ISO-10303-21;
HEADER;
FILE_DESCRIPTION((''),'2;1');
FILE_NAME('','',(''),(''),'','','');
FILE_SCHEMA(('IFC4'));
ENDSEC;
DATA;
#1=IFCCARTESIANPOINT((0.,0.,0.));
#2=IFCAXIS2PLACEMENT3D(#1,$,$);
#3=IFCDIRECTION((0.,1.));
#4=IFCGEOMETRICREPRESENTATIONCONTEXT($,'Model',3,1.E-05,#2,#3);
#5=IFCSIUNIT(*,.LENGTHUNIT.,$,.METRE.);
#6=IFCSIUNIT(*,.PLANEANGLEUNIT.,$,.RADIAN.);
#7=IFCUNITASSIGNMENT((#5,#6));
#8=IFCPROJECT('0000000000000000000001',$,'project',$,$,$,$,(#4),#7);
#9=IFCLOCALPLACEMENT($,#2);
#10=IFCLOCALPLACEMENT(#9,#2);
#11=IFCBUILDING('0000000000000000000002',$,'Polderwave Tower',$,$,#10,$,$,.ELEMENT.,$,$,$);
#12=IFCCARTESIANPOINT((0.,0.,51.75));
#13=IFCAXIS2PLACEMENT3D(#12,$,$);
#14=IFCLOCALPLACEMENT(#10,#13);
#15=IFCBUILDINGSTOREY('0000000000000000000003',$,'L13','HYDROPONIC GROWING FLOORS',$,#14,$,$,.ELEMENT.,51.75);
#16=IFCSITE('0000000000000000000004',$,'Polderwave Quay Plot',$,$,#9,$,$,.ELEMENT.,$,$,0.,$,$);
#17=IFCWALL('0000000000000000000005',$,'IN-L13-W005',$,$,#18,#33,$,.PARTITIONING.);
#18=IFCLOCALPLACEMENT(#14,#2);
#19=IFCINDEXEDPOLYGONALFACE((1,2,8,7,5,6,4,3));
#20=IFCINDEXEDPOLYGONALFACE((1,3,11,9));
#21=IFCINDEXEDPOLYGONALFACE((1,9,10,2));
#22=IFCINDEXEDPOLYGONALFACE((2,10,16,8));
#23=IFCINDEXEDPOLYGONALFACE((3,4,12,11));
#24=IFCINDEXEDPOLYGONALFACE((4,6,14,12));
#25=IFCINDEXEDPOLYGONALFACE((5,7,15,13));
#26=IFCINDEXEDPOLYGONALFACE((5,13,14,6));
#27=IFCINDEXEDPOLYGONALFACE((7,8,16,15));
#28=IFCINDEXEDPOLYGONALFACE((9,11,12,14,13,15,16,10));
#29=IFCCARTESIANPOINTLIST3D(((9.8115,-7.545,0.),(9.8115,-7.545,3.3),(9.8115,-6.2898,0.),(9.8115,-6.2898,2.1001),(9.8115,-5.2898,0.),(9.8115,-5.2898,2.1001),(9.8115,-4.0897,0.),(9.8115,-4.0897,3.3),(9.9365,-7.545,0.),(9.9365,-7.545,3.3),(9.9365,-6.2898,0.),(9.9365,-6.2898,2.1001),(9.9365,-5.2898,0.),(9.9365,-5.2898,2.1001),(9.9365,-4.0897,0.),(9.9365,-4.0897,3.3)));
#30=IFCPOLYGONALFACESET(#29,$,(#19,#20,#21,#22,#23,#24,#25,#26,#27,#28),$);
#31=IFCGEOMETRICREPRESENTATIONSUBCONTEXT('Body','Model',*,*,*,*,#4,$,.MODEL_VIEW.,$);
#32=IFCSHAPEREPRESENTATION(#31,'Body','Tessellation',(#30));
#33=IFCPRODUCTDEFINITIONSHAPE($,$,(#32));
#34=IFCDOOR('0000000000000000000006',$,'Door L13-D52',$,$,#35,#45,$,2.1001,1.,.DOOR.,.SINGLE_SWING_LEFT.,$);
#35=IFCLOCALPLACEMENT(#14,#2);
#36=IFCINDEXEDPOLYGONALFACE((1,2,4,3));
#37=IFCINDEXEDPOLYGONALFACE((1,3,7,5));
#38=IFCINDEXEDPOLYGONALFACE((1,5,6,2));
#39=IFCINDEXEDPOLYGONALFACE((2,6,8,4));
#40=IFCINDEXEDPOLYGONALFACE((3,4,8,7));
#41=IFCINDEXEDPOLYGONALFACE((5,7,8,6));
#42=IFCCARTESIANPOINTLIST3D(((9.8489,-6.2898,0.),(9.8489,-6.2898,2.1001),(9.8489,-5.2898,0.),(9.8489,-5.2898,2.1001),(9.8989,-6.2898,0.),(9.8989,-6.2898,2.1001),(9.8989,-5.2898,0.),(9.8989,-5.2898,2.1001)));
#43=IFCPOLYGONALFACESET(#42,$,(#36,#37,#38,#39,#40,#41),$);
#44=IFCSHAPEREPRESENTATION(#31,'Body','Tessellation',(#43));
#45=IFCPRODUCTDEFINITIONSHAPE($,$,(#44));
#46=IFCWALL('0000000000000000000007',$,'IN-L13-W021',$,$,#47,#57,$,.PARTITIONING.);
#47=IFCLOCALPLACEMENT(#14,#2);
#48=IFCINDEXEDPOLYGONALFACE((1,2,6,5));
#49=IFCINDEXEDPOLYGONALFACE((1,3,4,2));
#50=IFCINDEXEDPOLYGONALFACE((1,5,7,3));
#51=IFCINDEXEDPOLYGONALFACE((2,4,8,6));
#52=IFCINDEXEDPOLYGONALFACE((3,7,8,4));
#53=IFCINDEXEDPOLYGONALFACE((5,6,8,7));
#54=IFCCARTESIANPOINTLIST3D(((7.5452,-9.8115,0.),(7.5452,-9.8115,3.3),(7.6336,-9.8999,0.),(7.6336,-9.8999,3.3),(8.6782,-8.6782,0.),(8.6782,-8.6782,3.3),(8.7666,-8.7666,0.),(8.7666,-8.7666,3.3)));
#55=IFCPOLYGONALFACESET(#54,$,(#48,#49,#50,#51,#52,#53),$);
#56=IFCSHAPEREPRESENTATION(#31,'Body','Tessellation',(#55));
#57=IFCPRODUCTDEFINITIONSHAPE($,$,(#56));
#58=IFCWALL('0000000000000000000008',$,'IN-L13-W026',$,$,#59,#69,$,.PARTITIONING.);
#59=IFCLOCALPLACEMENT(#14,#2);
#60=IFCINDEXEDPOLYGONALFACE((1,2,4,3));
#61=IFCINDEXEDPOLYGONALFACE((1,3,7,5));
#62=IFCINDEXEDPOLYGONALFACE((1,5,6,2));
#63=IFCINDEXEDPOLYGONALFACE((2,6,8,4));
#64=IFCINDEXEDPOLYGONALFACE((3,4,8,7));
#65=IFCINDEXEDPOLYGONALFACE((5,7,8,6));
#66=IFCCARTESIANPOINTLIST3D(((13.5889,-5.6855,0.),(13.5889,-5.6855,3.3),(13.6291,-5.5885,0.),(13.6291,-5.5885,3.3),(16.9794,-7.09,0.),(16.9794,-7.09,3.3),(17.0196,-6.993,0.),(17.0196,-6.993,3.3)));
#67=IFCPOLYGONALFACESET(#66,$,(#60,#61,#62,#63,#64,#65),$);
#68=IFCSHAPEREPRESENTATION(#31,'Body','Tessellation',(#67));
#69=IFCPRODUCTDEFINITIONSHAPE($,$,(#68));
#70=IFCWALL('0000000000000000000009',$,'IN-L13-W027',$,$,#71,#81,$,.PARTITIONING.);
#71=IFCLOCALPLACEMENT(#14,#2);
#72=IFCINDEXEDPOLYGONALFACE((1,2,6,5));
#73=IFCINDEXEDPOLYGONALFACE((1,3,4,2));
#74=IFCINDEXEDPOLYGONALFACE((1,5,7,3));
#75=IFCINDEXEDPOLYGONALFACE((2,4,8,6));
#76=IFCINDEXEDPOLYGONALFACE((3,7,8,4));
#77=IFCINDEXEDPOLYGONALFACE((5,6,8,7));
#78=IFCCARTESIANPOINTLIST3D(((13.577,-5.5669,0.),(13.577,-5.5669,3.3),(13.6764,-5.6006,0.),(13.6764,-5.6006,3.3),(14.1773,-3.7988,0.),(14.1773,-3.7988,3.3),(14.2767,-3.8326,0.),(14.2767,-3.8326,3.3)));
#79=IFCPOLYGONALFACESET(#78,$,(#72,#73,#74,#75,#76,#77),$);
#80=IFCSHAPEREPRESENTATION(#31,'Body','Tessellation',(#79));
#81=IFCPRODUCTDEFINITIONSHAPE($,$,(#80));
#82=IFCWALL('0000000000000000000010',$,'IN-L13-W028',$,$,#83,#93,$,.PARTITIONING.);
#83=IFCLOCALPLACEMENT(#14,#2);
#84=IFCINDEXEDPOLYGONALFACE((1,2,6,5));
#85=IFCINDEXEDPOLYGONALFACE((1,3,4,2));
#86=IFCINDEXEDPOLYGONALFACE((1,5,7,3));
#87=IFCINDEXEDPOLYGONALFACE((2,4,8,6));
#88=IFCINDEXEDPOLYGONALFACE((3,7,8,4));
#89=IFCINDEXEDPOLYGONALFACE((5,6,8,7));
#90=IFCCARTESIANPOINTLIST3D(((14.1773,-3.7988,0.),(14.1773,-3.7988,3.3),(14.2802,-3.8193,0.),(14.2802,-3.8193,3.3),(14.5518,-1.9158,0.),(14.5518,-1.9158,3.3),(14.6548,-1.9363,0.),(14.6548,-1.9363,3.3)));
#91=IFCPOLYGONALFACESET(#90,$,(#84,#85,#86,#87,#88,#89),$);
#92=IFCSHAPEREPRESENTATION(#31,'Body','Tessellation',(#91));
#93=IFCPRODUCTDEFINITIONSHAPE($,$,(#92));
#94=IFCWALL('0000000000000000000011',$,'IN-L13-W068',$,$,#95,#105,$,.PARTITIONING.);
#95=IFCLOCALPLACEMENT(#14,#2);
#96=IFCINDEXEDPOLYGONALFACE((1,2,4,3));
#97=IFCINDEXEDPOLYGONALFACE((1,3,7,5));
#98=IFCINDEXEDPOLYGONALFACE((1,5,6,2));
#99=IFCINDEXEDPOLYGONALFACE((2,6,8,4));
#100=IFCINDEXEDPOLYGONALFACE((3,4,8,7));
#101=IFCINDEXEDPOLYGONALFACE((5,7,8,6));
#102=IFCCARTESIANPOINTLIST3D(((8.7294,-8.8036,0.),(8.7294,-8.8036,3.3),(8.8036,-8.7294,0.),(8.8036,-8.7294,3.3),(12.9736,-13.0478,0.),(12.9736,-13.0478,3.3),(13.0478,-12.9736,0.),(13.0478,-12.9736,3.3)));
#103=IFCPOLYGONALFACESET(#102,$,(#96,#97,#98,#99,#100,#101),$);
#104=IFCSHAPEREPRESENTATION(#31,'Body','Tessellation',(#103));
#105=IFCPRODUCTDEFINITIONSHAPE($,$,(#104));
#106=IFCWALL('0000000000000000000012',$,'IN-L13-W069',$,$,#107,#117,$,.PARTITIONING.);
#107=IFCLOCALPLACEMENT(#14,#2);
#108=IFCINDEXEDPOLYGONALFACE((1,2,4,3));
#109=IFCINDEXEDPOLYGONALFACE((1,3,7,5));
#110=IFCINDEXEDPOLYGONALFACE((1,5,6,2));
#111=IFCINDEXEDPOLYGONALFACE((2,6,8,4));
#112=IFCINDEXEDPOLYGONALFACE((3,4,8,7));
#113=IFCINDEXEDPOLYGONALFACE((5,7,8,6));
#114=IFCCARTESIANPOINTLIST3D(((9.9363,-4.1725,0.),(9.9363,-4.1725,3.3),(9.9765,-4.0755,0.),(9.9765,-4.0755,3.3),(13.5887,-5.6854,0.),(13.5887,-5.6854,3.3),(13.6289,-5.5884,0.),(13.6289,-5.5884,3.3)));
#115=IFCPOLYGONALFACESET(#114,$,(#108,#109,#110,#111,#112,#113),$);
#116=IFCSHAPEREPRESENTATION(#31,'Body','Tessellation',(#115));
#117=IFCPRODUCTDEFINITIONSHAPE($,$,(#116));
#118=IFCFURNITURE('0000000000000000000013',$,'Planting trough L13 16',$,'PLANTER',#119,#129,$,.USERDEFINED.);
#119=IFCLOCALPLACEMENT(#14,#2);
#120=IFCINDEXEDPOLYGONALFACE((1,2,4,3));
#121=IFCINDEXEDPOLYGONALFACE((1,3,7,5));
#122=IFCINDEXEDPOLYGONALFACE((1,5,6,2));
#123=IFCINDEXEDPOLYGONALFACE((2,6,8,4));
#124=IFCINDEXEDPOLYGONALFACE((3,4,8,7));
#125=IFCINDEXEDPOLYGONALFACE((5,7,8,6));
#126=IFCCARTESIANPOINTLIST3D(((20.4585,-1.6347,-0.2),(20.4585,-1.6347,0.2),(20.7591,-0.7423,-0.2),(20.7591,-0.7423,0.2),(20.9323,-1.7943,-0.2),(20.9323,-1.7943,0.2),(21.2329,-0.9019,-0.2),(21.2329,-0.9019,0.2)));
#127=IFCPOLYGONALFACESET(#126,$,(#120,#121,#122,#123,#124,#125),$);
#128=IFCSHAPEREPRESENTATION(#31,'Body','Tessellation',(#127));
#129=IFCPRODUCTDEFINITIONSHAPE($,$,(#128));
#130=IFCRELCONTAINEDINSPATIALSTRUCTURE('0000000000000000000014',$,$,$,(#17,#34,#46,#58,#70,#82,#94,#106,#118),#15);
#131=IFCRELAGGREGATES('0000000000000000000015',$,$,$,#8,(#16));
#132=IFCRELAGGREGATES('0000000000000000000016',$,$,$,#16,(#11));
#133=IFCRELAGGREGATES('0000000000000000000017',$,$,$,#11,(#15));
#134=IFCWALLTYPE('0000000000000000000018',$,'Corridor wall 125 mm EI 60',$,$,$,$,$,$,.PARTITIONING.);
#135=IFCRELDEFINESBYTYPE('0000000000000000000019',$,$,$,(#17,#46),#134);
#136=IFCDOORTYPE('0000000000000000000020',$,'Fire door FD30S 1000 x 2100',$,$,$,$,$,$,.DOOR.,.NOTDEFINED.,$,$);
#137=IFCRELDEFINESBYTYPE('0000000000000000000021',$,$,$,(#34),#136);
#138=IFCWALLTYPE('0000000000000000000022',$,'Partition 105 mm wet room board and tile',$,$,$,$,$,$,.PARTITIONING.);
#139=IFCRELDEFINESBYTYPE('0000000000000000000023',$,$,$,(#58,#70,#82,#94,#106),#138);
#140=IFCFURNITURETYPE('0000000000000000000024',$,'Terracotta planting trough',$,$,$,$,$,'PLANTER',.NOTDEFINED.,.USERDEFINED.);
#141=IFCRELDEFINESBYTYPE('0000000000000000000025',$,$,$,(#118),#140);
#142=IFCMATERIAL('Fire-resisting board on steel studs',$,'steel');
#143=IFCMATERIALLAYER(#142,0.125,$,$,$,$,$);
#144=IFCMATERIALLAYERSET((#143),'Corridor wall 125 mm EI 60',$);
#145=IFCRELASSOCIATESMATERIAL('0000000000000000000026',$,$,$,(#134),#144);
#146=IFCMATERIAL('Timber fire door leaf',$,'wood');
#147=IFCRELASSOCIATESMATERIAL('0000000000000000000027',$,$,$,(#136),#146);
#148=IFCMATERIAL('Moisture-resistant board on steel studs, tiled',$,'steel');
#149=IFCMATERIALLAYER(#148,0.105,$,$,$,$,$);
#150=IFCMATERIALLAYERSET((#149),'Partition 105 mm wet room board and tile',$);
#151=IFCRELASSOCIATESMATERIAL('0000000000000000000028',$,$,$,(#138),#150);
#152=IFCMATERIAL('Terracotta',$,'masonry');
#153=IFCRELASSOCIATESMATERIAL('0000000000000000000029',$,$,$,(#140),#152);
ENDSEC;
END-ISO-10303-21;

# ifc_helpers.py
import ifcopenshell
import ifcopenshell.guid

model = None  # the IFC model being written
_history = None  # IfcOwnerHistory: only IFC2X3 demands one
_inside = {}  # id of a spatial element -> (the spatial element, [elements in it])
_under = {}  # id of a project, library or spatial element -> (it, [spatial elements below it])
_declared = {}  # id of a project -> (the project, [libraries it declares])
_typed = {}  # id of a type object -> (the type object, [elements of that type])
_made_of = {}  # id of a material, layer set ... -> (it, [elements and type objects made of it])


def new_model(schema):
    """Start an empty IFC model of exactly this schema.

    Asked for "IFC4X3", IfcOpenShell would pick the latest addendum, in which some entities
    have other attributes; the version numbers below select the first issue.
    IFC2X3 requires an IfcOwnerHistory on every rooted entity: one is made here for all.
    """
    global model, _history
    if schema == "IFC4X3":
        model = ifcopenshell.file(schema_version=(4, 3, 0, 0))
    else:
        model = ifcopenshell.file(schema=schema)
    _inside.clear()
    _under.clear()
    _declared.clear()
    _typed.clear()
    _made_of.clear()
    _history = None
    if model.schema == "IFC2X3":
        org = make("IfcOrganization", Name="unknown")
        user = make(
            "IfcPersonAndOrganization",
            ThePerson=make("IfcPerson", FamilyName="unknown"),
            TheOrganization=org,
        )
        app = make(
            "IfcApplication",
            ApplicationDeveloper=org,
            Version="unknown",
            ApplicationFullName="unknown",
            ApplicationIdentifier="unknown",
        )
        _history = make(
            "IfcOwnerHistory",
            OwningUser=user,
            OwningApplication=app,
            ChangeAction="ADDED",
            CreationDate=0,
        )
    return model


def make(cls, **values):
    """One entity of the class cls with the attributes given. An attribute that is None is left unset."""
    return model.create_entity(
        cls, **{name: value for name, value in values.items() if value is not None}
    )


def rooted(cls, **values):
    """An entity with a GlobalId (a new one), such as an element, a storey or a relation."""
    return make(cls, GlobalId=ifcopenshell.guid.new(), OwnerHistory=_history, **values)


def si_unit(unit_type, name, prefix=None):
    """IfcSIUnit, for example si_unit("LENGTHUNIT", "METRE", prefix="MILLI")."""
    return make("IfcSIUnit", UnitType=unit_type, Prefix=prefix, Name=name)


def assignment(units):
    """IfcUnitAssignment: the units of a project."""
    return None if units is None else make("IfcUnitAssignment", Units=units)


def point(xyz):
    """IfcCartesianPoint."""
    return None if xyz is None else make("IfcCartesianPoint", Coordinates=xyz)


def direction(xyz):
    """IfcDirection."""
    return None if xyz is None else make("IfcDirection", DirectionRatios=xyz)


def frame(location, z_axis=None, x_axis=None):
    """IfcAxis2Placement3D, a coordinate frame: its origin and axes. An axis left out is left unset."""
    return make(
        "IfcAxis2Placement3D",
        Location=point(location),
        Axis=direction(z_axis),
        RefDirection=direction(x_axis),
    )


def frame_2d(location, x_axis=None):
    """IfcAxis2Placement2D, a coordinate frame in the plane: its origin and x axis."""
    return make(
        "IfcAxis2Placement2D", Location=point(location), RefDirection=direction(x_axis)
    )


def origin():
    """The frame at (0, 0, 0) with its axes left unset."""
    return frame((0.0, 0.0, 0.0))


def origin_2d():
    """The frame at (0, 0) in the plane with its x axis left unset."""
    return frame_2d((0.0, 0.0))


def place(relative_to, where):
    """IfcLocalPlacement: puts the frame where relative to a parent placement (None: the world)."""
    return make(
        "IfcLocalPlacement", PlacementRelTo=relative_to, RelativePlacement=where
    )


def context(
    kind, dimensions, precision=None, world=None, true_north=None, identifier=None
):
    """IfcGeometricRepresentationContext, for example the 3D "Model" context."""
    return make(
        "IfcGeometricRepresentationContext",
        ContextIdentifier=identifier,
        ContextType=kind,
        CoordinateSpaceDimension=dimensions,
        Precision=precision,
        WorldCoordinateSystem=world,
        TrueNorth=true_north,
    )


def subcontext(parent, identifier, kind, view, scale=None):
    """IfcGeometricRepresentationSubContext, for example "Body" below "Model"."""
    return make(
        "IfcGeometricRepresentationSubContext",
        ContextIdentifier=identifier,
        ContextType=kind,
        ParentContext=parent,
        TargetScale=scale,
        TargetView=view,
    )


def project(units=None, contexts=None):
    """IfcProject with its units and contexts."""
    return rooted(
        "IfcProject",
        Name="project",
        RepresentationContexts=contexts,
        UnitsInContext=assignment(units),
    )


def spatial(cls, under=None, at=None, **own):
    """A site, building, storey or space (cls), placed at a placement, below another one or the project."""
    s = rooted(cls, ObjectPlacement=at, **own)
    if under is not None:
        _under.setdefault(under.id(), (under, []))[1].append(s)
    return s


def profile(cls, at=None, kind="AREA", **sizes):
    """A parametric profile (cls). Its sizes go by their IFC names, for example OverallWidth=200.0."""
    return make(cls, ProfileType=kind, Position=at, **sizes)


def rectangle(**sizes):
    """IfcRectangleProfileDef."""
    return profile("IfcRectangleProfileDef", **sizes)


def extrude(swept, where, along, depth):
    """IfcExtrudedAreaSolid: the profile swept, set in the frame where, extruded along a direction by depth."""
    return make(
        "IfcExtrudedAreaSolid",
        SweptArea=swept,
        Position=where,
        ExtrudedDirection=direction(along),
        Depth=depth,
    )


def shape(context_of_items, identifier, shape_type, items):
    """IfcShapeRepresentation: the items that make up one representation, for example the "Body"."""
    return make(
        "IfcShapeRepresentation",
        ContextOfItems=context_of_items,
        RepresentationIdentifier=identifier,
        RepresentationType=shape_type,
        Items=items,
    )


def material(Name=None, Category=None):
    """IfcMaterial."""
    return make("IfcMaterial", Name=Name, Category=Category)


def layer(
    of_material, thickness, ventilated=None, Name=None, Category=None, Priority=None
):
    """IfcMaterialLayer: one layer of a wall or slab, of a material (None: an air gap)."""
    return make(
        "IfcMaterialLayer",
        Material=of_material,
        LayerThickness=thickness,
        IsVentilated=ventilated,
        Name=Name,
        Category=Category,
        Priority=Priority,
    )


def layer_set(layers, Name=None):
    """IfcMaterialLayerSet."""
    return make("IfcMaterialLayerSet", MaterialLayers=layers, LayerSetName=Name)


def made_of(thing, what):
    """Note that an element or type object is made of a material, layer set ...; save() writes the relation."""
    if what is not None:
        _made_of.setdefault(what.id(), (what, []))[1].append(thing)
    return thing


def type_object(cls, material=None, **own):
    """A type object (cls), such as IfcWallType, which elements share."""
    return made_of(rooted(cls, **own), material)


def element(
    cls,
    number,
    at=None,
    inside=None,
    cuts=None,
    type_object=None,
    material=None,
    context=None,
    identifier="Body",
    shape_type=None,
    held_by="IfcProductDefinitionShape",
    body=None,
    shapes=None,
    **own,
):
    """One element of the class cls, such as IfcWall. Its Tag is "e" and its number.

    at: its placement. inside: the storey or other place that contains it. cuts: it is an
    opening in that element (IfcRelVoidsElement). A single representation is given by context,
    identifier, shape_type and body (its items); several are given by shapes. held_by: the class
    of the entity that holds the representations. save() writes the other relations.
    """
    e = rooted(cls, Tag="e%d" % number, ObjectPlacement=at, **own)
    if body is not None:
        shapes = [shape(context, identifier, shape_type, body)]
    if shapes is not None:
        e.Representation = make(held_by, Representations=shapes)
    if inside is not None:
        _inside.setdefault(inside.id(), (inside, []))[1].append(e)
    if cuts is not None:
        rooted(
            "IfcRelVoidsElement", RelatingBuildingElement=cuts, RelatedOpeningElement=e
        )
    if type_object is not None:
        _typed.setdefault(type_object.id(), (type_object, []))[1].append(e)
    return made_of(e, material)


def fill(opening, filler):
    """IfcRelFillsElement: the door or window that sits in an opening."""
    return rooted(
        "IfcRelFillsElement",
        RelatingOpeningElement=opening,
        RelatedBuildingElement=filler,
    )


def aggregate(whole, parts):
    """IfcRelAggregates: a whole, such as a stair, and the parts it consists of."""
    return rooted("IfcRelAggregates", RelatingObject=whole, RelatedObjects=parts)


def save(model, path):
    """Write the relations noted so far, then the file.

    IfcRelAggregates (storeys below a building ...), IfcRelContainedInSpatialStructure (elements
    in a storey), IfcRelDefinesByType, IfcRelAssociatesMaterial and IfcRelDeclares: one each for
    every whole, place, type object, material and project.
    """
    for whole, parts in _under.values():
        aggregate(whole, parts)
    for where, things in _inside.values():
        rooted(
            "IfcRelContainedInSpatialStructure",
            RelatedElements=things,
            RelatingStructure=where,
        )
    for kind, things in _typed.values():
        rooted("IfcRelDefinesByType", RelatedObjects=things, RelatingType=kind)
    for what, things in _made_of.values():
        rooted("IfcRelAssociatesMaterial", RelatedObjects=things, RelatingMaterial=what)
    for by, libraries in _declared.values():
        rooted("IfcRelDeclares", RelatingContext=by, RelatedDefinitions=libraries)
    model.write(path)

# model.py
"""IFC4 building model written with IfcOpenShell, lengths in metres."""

from ifc_helpers import new_model, si_unit, direction, frame, frame_2d, origin, origin_2d, place, context, subcontext, project, spatial, rectangle, extrude, material, layer, layer_set, type_object, element, fill, save


model = new_model("IFC4")

# Units and contexts
model_context = context("Model", 3, precision=1e-05, world=origin(), true_north=direction((0.0, 1.0)))
body_context = subcontext(model_context, "Body", "Model", "MODEL_VIEW")
ifc_project = project(units=[si_unit("LENGTHUNIT", "METRE"), si_unit("PLANEANGLEUNIT", "RADIAN")], contexts=[model_context])

# Site, building, storey
site_placement = place(None, origin())
site = spatial("IfcSite", under=ifc_project, at=site_placement, Name="Polderwave Quay Plot", CompositionType="ELEMENT", RefElevation=0.0)
building_placement = place(site_placement, origin())
building = spatial("IfcBuilding", under=site, at=building_placement, Name="Polderwave Tower", CompositionType="ELEMENT")
storey_placement = place(building_placement, frame((0.0, 0.0, 51.75)))
storey = spatial("IfcBuildingStorey", under=building, at=storey_placement, Name="L13", Description="HYDROPONIC GROWING FLOORS", CompositionType="ELEMENT", Elevation=51.75)

# Shared definitions
ifc_material_1 = material(Name="Fire-resisting board on steel studs", Category="steel")
ifc_layer_1 = layer(ifc_material_1, 0.125)
ifc_layer_set_1 = layer_set([ifc_layer_1], Name="Corridor wall 125 mm EI 60")
wall_type_1 = type_object("IfcWallType", Name="Corridor wall 125 mm EI 60", PredefinedType="PARTITIONING", material=ifc_layer_set_1)

# Wall, opening, door
wall_1_placement = place(storey_placement, frame((9.874, -4.0898, 0.0), z_axis=(0.0, 0.0, 1.0), x_axis=(0.0, -1.0, 0.0)))
wall_1 = element("IfcWall", 1, at=wall_1_placement, inside=storey, type_object=wall_type_1, Name="IN-L13-W005", PredefinedType="PARTITIONING", context=body_context, shape_type="SweptSolid", body=[
    extrude(rectangle(XDim=3.4553, YDim=0.125, at=frame_2d((1.7275, 0.0))), origin(), (0.0, 0.0, 1.0), 3.3),
])
opening_placement = place(wall_1_placement, frame((1.2, 0.0, 0.0)))
opening = element("IfcOpeningElement", 2, at=opening_placement, cuts=wall_1, PredefinedType="OPENING", context=body_context, shape_type="SweptSolid", body=[
    extrude(rectangle(XDim=1.0, YDim=2.1001, at=frame_2d((0.5, 1.05))), frame((0.0, 0.0725, 0.0), z_axis=(0.0, -1.0, 0.0), x_axis=(1.0, 0.0, 0.0)), (0.0, 0.0, 1.0), 0.145),
])
ifc_material_2 = material(Name="Timber fire door leaf", Category="wood")
door_type = type_object("IfcDoorType", Name="Fire door FD30S 1000 x 2100", OperationType="NOTDEFINED", PredefinedType="DOOR", material=ifc_material_2)
door_placement = place(opening_placement, origin())
door = element("IfcDoor", 3, at=door_placement, inside=storey, type_object=door_type, Name="Door L13-D52", OperationType="SINGLE_SWING_LEFT", OverallHeight=2.1001, OverallWidth=1.0, PredefinedType="DOOR", context=body_context, shape_type="SweptSolid", body=[
    extrude(rectangle(XDim=1.0, YDim=2.1001, at=frame_2d((0.5, 1.05))), frame((0.0, 0.0249, 0.0), z_axis=(0.0, -1.0, 0.0), x_axis=(1.0, 0.0, 0.0)), (0.0, 0.0, 1.0), 0.05),
])
fill(opening, door)

# Walls
wall_2_placement = place(storey_placement, frame((8.7224, -8.7224, 0.0), z_axis=(0.0, 0.0, 1.0), x_axis=(-0.707031, -0.707183, 0.0)))
element("IfcWall", 4, at=wall_2_placement, inside=storey, type_object=wall_type_1, Name="IN-L13-W021", PredefinedType="PARTITIONING", context=body_context, shape_type="SweptSolid", body=[
    extrude(rectangle(XDim=1.6025, YDim=0.125, at=frame_2d((0.8013, 0.0))), origin(), (0.0, 0.0, 1.0), 3.3),
])
ifc_material_3 = material(Name="Moisture-resistant board on steel studs, tiled", Category="steel")
ifc_layer_2 = layer(ifc_material_3, 0.105)
ifc_layer_set_2 = layer_set([ifc_layer_2], Name="Partition 105 mm wet room board and tile")
wall_type_2 = type_object("IfcWallType", Name="Partition 105 mm wet room board and tile", PredefinedType="PARTITIONING", material=ifc_layer_set_2)
wall_3_placement = place(storey_placement, frame((16.9995, -7.0415, 0.0), z_axis=(0.0, 0.0, 1.0), x_axis=(-0.92387, 0.382706, 0.0)))
element("IfcWall", 5, at=wall_3_placement, inside=storey, type_object=wall_type_2, Name="IN-L13-W026", PredefinedType="PARTITIONING", context=body_context, shape_type="SweptSolid", body=[
    extrude(rectangle(XDim=3.6699, YDim=0.105, at=frame_2d((1.835, 0.0))), origin(), (0.0, 0.0, 1.0), 3.3),
])
wall_4_placement = place(storey_placement, frame((13.6267, -5.5837, 0.0), z_axis=(0.0, 0.0, 1.0), x_axis=(0.321518, 0.946903, 0.0)))
element("IfcWall", 6, at=wall_4_placement, inside=storey, type_object=wall_type_2, Name="IN-L13-W027", PredefinedType="PARTITIONING", context=body_context, shape_type="SweptSolid", body=[
    extrude(rectangle(XDim=1.8672, YDim=0.105, at=frame_2d((0.9336, 0.0))), origin(), (0.0, 0.0, 1.0), 3.3),
])
wall_5_placement = place(storey_placement, frame((14.2288, -3.8091, 0.0), z_axis=(0.0, 0.0, 1.0), x_axis=(0.195065, 0.98079, 0.0)))
element("IfcWall", 7, at=wall_5_placement, inside=storey, type_object=wall_type_2, Name="IN-L13-W028", PredefinedType="PARTITIONING", context=body_context, shape_type="SweptSolid", body=[
    extrude(rectangle(XDim=1.9199, YDim=0.105, at=frame_2d((0.96, 0.0))), origin(), (0.0, 0.0, 1.0), 3.3),
])
wall_6_placement = place(storey_placement, frame((8.7666, -8.7666, 0.0), z_axis=(0.0, 0.0, 1.0), x_axis=(0.707107, -0.707107, 0.0)))
element("IfcWall", 8, at=wall_6_placement, inside=storey, type_object=wall_type_2, Name="IN-L13-W068", PredefinedType="PARTITIONING", context=body_context, shape_type="SweptSolid", body=[
    extrude(rectangle(XDim=6.0022, YDim=0.105, at=frame_2d((3.001, 0.0))), origin(), (0.0, 0.0, 1.0), 3.3),
])
wall_7_placement = place(storey_placement, frame((9.9565, -4.124, 0.0), z_axis=(0.0, 0.0, 1.0), x_axis=(0.923872, -0.382703, 0.0)))
element("IfcWall", 9, at=wall_7_placement, inside=storey, type_object=wall_type_2, Name="IN-L13-W069", PredefinedType="PARTITIONING", context=body_context, shape_type="SweptSolid", body=[
    extrude(rectangle(XDim=3.9534, YDim=0.105, at=frame_2d((1.9766, 0.0))), origin(), (0.0, 0.0, 1.0), 3.3),
])

# Furniture
ifc_material_4 = material(Name="Terracotta", Category="masonry")
furniture_type = type_object("IfcFurnitureType", Name="Terracotta planting trough", ElementType="PLANTER", AssemblyPlace="NOTDEFINED", PredefinedType="USERDEFINED", material=ifc_material_4)
furniture_placement = place(storey_placement, frame((20.8457, -1.2683, -0.2), z_axis=(0.0, 0.0, 1.0), x_axis=(0.319259, 0.947668, 0.0)))
element("IfcFurniture", 10, at=furniture_placement, inside=storey, type_object=furniture_type, Name="Planting trough L13 16", ObjectType="PLANTER", PredefinedType="USERDEFINED", context=body_context, shape_type="SweptSolid", body=[
    extrude(rectangle(XDim=0.9417, YDim=0.5, at=origin_2d()), origin(), (0.0, 0.0, 1.0), 0.3999),
])

save(model, "model.ifc")
